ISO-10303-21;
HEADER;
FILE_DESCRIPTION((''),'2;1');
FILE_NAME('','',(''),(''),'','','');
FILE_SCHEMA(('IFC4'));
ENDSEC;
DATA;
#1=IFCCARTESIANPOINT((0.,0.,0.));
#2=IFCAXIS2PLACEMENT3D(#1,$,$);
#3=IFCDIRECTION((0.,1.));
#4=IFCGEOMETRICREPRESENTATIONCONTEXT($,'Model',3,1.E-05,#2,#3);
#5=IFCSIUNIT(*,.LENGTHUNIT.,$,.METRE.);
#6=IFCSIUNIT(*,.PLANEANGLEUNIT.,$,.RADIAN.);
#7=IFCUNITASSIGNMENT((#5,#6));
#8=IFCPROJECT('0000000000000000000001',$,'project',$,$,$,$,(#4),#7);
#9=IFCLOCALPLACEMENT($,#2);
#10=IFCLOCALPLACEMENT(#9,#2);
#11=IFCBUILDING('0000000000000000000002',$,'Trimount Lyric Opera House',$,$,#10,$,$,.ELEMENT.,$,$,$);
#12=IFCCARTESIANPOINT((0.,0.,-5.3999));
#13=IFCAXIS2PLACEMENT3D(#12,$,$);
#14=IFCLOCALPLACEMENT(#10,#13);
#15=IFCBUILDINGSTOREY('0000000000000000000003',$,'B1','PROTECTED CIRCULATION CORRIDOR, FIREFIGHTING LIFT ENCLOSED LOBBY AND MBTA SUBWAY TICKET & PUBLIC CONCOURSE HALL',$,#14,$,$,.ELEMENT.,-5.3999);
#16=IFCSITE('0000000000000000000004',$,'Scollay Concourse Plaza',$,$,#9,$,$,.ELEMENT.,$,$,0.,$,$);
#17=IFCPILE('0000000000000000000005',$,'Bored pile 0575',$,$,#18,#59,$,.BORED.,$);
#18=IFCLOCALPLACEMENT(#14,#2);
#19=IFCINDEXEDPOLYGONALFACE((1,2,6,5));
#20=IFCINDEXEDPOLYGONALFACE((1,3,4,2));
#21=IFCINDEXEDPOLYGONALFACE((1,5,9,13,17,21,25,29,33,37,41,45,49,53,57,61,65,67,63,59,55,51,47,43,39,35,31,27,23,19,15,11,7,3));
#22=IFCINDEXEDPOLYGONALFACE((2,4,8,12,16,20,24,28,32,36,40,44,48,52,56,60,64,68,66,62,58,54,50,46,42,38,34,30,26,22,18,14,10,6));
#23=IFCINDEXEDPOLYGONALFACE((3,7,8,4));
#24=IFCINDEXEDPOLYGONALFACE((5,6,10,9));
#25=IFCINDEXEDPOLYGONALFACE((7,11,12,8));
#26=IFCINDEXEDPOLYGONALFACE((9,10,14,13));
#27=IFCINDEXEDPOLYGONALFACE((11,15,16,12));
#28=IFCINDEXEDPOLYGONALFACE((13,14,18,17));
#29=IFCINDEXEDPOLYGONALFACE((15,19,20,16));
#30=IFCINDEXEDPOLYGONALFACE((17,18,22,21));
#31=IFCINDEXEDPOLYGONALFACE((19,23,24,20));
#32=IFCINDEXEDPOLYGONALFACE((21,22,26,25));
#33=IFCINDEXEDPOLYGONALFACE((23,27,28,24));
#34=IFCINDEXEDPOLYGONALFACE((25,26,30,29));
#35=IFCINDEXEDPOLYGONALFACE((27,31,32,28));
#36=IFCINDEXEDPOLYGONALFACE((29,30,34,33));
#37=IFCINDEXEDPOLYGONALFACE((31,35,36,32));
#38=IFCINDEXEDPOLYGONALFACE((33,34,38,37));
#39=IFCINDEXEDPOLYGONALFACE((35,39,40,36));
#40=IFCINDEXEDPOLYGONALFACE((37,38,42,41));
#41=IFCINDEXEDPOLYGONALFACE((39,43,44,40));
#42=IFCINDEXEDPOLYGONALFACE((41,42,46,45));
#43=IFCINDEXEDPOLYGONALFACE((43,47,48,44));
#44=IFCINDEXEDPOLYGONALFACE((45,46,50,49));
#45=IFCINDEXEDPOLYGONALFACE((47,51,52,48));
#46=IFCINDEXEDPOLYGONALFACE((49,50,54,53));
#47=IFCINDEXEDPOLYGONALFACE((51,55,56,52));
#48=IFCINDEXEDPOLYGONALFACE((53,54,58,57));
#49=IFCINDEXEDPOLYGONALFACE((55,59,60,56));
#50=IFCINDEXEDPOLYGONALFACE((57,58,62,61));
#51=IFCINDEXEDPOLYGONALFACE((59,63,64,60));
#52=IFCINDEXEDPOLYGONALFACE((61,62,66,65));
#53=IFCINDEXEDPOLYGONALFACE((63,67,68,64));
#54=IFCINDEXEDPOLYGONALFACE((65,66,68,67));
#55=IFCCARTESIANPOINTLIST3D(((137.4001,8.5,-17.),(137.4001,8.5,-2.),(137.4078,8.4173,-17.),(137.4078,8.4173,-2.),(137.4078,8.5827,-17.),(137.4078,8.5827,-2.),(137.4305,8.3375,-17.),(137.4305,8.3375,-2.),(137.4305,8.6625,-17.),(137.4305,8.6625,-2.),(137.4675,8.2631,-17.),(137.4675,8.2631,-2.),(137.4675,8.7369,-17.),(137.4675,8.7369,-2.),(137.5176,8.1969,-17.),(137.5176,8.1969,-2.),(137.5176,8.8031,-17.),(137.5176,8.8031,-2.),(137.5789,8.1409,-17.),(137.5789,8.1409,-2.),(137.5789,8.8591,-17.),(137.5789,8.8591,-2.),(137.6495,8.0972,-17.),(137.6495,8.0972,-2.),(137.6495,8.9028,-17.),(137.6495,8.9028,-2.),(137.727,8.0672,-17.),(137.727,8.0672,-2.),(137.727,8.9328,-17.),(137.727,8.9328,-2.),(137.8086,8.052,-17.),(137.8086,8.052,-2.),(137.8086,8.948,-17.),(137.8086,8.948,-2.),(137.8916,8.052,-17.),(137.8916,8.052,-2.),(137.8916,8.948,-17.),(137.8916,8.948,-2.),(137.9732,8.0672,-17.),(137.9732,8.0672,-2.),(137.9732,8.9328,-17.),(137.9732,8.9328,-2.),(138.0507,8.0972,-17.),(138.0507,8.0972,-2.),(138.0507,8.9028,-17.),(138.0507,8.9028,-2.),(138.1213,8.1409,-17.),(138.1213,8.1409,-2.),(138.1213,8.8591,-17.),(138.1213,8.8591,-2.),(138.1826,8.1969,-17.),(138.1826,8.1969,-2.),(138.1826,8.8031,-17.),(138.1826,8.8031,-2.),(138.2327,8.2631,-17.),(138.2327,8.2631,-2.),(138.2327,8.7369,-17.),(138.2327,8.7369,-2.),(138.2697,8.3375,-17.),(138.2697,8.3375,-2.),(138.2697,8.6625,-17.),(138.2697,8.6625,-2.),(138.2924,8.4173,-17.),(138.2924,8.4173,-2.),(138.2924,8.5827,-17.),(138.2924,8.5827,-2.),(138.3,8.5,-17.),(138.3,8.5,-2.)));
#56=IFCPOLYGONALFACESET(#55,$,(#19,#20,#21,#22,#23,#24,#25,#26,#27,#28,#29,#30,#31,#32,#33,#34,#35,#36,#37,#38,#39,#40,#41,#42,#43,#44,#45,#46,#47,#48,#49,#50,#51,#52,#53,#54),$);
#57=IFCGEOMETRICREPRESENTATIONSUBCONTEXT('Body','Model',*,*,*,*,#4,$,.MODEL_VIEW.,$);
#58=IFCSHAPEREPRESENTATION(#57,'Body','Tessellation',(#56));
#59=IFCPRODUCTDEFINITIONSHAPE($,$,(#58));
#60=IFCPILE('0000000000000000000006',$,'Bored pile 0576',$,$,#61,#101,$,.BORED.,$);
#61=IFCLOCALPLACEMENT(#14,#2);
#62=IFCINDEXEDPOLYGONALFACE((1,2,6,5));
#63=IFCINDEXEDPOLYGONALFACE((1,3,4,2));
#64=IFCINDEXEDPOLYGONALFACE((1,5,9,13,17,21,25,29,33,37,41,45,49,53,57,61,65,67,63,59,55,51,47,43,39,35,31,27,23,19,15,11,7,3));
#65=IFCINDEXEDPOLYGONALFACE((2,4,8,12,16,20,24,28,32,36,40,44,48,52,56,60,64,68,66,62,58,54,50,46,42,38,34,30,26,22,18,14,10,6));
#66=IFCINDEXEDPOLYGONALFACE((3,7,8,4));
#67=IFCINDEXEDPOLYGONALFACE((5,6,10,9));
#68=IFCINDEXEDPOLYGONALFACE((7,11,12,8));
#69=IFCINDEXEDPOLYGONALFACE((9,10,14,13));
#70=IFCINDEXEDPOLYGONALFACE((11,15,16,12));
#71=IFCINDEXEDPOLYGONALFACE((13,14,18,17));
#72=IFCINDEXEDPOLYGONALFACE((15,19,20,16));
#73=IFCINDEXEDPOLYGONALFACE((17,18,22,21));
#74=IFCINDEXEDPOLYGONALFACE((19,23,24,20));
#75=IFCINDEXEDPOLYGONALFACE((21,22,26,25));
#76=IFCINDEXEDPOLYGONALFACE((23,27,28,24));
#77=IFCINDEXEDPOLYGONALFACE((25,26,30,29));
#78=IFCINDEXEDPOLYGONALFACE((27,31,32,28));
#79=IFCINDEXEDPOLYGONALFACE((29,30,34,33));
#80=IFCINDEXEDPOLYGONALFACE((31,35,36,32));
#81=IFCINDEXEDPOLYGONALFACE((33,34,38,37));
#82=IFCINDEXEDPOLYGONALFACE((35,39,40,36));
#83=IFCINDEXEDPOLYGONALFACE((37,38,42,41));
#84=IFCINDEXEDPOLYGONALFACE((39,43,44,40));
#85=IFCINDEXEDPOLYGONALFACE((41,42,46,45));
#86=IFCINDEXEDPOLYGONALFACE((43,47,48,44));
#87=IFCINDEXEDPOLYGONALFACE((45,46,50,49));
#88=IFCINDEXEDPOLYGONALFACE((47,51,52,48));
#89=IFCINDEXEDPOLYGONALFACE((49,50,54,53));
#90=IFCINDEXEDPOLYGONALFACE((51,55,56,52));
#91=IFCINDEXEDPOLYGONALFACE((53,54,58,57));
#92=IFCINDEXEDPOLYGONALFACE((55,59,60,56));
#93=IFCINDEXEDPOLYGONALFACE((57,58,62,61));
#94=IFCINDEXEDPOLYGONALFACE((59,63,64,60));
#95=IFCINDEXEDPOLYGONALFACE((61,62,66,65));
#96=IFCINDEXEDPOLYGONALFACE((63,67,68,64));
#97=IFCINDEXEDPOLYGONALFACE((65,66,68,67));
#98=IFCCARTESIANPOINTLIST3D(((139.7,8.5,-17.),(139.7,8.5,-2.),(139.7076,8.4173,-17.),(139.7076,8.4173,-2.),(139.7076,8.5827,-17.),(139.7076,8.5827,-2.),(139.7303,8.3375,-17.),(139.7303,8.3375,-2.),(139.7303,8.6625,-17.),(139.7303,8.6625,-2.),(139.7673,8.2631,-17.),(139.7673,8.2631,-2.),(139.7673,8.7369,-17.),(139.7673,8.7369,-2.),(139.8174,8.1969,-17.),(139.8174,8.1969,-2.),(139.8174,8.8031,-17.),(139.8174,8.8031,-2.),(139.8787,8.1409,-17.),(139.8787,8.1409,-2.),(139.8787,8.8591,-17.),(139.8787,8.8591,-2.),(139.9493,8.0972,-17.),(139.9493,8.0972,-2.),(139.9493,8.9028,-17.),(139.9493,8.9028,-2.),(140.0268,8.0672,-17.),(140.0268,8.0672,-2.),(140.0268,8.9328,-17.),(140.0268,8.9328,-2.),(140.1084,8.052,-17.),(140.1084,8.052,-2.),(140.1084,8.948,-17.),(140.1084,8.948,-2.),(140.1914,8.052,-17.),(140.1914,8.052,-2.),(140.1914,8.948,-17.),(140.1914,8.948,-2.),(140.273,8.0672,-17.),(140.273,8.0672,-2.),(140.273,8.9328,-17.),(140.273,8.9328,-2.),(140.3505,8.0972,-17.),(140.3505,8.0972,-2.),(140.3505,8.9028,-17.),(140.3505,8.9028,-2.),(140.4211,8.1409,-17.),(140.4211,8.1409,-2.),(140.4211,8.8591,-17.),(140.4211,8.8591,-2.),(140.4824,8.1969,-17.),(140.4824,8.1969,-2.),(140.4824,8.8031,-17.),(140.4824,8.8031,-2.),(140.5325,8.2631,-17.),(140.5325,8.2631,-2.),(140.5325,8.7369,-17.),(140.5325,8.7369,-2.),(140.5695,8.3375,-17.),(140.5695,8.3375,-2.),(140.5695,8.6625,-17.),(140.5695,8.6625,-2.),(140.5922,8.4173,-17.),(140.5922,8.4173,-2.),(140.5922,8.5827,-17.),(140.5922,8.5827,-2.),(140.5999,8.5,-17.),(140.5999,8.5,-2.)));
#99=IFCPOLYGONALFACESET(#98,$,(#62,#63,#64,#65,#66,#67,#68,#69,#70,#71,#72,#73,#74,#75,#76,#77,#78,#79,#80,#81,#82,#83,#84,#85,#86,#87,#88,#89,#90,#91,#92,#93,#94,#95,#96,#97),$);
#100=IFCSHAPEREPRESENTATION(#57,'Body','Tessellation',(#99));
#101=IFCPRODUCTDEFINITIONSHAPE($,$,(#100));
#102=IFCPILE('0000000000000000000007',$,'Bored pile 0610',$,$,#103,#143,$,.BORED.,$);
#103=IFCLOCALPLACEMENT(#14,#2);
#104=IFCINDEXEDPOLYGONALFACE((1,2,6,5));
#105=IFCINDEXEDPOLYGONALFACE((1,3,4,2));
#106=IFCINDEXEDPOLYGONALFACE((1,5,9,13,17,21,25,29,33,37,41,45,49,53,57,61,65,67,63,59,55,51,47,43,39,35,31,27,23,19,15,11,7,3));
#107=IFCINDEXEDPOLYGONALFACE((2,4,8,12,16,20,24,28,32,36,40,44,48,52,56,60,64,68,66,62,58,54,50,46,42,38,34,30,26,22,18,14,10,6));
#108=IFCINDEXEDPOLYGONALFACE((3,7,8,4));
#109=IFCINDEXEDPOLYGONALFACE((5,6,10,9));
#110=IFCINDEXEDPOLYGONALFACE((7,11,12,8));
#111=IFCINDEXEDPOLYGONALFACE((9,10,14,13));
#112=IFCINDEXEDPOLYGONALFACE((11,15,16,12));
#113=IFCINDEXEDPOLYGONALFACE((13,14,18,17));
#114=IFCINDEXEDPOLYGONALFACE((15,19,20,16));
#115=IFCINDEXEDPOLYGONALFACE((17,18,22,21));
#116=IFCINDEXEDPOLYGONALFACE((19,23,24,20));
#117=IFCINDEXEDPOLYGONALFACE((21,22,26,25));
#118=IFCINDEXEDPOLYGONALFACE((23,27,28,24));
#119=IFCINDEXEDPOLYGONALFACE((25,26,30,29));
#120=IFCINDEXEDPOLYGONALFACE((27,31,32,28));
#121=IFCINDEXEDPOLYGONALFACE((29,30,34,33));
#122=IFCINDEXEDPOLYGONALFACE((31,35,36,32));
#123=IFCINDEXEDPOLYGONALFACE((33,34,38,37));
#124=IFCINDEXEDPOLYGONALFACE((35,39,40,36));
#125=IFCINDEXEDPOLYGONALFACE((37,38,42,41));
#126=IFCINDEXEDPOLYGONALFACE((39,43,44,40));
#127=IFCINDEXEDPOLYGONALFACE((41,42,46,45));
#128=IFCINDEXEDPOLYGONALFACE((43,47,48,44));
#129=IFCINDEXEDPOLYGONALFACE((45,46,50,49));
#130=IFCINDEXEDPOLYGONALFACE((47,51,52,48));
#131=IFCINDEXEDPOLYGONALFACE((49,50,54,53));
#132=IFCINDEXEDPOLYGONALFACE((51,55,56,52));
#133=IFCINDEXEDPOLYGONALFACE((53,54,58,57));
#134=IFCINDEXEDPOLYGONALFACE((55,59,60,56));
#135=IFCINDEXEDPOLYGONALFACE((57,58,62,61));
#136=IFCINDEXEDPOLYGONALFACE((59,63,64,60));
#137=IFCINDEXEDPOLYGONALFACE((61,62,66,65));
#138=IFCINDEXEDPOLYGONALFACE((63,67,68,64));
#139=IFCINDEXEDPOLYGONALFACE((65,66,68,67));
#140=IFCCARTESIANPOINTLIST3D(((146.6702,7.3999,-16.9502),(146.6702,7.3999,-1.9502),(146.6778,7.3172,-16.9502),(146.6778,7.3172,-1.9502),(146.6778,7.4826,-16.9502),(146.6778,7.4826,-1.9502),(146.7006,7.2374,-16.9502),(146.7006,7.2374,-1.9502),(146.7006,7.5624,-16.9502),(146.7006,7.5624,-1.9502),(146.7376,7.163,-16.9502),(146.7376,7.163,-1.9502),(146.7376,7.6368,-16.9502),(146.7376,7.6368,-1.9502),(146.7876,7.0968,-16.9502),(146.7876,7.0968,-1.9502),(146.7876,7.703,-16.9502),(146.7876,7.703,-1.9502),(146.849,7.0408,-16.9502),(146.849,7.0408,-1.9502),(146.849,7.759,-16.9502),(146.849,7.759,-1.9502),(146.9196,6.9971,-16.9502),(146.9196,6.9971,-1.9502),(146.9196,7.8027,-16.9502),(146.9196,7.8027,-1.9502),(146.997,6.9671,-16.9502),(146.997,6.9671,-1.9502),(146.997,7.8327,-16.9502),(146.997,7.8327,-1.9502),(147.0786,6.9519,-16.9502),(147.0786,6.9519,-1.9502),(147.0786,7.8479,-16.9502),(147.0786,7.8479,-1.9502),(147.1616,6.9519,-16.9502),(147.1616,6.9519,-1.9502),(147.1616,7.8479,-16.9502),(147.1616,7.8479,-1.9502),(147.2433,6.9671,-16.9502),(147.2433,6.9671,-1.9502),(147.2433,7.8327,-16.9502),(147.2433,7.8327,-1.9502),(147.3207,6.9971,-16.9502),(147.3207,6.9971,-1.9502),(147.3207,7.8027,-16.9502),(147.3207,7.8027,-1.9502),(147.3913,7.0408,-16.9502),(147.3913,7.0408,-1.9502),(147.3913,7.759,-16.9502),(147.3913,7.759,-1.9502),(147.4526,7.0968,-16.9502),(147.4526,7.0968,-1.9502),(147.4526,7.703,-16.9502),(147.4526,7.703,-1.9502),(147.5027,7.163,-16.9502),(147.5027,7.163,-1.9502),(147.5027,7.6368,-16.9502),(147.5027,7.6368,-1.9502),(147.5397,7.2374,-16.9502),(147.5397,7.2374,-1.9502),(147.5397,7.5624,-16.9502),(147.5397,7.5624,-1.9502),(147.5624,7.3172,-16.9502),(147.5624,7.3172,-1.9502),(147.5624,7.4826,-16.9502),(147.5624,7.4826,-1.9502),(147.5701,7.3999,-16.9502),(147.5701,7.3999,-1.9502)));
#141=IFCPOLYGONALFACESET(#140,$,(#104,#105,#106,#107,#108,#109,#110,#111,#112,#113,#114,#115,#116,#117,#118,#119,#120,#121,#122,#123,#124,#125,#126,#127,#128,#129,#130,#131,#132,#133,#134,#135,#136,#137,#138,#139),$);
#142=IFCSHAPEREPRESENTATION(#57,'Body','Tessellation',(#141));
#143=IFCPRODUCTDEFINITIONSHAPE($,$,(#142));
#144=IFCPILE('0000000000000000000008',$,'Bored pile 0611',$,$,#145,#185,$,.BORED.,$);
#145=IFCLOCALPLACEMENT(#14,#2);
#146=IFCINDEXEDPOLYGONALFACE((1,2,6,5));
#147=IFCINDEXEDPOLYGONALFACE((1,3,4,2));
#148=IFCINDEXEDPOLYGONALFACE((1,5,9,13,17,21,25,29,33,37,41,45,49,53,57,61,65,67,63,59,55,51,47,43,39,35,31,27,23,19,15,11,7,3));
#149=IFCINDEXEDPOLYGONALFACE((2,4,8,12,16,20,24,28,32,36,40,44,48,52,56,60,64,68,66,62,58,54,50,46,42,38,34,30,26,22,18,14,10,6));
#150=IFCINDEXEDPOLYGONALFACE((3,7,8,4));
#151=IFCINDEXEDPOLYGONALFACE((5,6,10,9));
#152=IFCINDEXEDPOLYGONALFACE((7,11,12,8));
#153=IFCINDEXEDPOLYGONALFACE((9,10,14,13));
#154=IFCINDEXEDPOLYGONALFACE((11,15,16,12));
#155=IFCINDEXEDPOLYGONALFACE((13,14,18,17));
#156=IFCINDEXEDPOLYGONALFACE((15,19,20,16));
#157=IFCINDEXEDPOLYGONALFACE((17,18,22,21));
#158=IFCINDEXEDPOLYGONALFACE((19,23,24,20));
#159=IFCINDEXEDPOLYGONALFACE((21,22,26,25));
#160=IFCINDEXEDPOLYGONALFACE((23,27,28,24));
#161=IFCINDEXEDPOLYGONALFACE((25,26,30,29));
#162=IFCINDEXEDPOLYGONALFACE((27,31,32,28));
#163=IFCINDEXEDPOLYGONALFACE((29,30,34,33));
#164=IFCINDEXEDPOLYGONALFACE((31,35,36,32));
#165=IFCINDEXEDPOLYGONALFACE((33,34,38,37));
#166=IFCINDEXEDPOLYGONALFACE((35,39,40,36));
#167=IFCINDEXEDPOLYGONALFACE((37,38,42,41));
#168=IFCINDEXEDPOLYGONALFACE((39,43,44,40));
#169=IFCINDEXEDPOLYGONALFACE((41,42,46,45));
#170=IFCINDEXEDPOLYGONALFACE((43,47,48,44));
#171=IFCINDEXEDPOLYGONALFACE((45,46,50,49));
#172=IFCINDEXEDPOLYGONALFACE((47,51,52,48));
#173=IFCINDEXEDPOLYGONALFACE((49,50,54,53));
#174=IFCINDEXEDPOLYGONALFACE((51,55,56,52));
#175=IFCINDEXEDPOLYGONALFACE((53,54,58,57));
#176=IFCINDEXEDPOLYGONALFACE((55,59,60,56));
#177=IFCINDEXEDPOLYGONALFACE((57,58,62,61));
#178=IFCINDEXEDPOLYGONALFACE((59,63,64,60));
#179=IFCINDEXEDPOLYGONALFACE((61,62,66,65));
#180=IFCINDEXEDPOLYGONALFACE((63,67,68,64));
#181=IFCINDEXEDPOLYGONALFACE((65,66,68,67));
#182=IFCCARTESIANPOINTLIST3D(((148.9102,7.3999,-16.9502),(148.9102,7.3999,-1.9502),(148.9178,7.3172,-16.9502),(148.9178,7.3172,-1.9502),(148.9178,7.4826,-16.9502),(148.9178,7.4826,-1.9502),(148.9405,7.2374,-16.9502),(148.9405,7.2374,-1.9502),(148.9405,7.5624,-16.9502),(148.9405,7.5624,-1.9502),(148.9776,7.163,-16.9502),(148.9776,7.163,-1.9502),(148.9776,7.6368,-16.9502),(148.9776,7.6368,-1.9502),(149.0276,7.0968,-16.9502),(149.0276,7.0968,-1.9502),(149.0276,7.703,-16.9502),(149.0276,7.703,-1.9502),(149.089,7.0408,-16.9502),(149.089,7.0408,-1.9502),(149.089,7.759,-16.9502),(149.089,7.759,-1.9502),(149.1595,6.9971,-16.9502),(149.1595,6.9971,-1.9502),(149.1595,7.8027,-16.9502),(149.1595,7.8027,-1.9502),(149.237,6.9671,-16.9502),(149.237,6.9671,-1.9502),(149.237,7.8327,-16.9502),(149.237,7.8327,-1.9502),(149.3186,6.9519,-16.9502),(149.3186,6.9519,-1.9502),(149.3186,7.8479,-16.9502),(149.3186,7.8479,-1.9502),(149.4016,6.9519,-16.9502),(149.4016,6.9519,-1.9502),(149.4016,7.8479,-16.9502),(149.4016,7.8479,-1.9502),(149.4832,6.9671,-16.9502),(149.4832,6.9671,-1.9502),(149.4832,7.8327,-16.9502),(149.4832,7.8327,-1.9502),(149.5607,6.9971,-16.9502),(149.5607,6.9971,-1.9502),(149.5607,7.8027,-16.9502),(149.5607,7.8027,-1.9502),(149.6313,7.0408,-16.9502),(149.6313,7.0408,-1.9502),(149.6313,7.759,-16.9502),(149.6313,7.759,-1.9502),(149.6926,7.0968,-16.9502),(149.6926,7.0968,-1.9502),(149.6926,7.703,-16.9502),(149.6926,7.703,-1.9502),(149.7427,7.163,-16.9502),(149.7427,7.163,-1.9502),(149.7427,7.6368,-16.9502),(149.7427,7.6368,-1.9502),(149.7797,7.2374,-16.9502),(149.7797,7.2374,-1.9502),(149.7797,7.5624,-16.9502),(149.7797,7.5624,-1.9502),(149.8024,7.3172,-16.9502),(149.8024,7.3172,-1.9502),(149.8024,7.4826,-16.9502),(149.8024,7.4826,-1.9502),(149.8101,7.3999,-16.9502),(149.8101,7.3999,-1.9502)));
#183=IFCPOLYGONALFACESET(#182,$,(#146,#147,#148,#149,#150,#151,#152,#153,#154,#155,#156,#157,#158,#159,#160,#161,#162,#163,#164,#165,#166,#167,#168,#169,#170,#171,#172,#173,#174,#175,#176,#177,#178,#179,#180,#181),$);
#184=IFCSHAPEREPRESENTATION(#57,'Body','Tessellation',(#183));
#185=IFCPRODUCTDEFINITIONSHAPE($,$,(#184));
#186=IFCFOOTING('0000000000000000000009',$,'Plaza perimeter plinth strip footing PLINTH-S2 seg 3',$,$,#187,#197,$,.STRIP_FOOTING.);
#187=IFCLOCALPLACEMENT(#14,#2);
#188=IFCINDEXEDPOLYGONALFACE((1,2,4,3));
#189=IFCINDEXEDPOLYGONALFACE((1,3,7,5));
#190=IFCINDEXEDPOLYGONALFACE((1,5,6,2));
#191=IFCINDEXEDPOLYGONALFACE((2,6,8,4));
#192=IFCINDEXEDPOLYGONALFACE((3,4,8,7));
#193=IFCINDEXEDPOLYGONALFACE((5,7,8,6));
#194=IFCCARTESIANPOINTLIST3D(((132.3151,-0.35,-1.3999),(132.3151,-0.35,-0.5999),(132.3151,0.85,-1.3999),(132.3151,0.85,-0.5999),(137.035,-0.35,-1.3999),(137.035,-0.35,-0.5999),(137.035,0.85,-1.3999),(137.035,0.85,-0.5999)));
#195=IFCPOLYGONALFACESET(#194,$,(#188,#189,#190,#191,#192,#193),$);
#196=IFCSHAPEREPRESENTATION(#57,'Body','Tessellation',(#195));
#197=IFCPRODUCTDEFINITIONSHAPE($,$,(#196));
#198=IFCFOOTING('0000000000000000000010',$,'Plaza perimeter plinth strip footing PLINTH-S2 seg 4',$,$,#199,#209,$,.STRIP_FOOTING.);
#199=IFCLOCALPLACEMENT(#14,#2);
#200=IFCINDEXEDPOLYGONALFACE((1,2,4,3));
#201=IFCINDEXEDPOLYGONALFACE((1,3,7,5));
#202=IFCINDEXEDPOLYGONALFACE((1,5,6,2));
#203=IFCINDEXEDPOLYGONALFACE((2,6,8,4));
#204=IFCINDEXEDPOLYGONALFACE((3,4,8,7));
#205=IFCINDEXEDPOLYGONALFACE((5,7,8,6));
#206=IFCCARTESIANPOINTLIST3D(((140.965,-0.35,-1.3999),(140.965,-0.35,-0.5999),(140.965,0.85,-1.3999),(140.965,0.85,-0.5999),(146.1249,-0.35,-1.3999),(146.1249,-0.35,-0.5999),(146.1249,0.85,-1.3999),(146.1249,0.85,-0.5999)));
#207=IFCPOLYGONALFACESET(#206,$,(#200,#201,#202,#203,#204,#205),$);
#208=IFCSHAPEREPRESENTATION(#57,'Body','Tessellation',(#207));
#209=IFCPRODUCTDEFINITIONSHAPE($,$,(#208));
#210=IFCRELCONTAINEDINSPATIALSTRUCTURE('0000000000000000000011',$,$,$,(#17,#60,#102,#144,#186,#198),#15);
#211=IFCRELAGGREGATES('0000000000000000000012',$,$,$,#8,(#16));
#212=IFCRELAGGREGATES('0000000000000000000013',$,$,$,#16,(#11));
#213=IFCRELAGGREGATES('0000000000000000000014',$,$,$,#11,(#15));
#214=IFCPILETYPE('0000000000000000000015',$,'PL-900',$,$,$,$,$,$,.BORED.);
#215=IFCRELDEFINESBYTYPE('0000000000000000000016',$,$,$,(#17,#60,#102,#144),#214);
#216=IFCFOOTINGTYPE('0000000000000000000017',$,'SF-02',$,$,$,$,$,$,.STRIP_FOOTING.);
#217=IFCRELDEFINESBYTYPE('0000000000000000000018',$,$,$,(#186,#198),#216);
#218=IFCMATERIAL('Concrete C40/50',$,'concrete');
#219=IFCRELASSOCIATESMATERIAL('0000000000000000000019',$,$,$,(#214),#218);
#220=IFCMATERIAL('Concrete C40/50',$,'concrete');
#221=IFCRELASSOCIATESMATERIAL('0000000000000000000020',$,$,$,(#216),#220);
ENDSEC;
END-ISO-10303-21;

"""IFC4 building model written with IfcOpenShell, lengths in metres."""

from ifc_helpers import new_model, si_unit, direction, frame, origin, origin_2d, place, context, subcontext, project, spatial, rectangle, circle, extrude, material, material_profile, profile_set, type_object, element, save


model = new_model("IFC4")

# Units and contexts
model_context = context("Model", 3, precision=1e-05, world=origin(), true_north=direction((0.0, 1.0)))
body_context = subcontext(model_context, "Body", "Model", "MODEL_VIEW")
ifc_project = project(units=[si_unit("LENGTHUNIT", "METRE"), si_unit("PLANEANGLEUNIT", "RADIAN")], contexts=[model_context])

# Site, building, storey
site_placement = place(None, origin())
site = spatial("IfcSite", under=ifc_project, at=site_placement, Name="Scollay Concourse Plaza", CompositionType="ELEMENT", RefElevation=0.0)
building_placement = place(site_placement, origin())
building = spatial("IfcBuilding", under=site, at=building_placement, Name="Trimount Lyric Opera House", CompositionType="ELEMENT")
storey_placement = place(building_placement, frame((0.0, 0.0, -5.3999)))
storey = spatial("IfcBuildingStorey", under=building, at=storey_placement, Name="B1", Description="PROTECTED CIRCULATION CORRIDOR, FIREFIGHTING LIFT ENCLOSED LOBBY AND MBTA SUBWAY TICKET & PUBLIC CONCOURSE HALL", CompositionType="ELEMENT", Elevation=-5.3999)

# Piles
ifc_material_1 = material(Name="Concrete C40/50", Category="concrete")
ifc_material_profile_1 = material_profile(ifc_material_1, circle(Radius=0.45, at=origin_2d()), Name="PILE-D900")
ifc_profile_set_1 = profile_set([ifc_material_profile_1], Name="Concrete C40/50")
pile_type_1 = type_object("IfcPileType", Name="PL-900", PredefinedType="BORED", material=ifc_profile_set_1)
for number, where, z_axis, x_axis, name in (
    (1, (137.8501, 8.5, -2.0), (0.0, 0.0, -1.0), (1.0, 0.0, 0.0), "Bored pile 0575"),
    (2, (140.1499, 8.5, -2.0), (0.0, 0.0, -1.0), (1.0, 0.0, 0.0), "Bored pile 0576"),
    (3, (147.1201, 7.3999, -1.9502), (0.0, 0.0, -1.0), (1.0, 0.0, 0.0), "Bored pile 0610"),
    (4, (149.3601, 7.3999, -1.9502), (0.0, 0.0, -1.0), (1.0, 0.0, 0.0), "Bored pile 0611"),
):
    element("IfcPile", number, at=place(storey_placement, frame(where, z_axis=z_axis, x_axis=x_axis)), inside=storey, type_object=pile_type_1, Name=name, PredefinedType="BORED", context=body_context, shape_type="SweptSolid", body=[
        extrude(circle(Radius=0.45, at=origin_2d()), origin(), (0.0, 0.0, 1.0), 15.0),
    ])

# Footings
ifc_material_2 = material(Name="Concrete C40/50", Category="concrete")
footing_type_1 = type_object("IfcFootingType", Name="SF-02", PredefinedType="STRIP_FOOTING", material=ifc_material_2)
footing_1_placement = place(storey_placement, frame((134.675, 0.25, -1.3999), z_axis=(0.0, 0.0, 1.0), x_axis=(1.0, 0.0, 0.0)))
element("IfcFooting", 5, at=footing_1_placement, inside=storey, type_object=footing_type_1, Name="Plaza perimeter plinth strip footing PLINTH-S2 seg 3", PredefinedType="STRIP_FOOTING", context=body_context, shape_type="SweptSolid", body=[
    extrude(rectangle(XDim=4.72, YDim=1.2, at=origin_2d()), origin(), (0.0, 0.0, 1.0), 0.8),
])
footing_2_placement = place(storey_placement, frame((143.5449, 0.25, -1.3999), z_axis=(0.0, 0.0, 1.0), x_axis=(1.0, 0.0, 0.0)))
element("IfcFooting", 6, at=footing_2_placement, inside=storey, type_object=footing_type_1, Name="Plaza perimeter plinth strip footing PLINTH-S2 seg 4", PredefinedType="STRIP_FOOTING", context=body_context, shape_type="SweptSolid", body=[
    extrude(rectangle(XDim=5.1599, YDim=1.2, at=origin_2d()), origin(), (0.0, 0.0, 1.0), 0.8),
])

save(model, "model.ifc")
